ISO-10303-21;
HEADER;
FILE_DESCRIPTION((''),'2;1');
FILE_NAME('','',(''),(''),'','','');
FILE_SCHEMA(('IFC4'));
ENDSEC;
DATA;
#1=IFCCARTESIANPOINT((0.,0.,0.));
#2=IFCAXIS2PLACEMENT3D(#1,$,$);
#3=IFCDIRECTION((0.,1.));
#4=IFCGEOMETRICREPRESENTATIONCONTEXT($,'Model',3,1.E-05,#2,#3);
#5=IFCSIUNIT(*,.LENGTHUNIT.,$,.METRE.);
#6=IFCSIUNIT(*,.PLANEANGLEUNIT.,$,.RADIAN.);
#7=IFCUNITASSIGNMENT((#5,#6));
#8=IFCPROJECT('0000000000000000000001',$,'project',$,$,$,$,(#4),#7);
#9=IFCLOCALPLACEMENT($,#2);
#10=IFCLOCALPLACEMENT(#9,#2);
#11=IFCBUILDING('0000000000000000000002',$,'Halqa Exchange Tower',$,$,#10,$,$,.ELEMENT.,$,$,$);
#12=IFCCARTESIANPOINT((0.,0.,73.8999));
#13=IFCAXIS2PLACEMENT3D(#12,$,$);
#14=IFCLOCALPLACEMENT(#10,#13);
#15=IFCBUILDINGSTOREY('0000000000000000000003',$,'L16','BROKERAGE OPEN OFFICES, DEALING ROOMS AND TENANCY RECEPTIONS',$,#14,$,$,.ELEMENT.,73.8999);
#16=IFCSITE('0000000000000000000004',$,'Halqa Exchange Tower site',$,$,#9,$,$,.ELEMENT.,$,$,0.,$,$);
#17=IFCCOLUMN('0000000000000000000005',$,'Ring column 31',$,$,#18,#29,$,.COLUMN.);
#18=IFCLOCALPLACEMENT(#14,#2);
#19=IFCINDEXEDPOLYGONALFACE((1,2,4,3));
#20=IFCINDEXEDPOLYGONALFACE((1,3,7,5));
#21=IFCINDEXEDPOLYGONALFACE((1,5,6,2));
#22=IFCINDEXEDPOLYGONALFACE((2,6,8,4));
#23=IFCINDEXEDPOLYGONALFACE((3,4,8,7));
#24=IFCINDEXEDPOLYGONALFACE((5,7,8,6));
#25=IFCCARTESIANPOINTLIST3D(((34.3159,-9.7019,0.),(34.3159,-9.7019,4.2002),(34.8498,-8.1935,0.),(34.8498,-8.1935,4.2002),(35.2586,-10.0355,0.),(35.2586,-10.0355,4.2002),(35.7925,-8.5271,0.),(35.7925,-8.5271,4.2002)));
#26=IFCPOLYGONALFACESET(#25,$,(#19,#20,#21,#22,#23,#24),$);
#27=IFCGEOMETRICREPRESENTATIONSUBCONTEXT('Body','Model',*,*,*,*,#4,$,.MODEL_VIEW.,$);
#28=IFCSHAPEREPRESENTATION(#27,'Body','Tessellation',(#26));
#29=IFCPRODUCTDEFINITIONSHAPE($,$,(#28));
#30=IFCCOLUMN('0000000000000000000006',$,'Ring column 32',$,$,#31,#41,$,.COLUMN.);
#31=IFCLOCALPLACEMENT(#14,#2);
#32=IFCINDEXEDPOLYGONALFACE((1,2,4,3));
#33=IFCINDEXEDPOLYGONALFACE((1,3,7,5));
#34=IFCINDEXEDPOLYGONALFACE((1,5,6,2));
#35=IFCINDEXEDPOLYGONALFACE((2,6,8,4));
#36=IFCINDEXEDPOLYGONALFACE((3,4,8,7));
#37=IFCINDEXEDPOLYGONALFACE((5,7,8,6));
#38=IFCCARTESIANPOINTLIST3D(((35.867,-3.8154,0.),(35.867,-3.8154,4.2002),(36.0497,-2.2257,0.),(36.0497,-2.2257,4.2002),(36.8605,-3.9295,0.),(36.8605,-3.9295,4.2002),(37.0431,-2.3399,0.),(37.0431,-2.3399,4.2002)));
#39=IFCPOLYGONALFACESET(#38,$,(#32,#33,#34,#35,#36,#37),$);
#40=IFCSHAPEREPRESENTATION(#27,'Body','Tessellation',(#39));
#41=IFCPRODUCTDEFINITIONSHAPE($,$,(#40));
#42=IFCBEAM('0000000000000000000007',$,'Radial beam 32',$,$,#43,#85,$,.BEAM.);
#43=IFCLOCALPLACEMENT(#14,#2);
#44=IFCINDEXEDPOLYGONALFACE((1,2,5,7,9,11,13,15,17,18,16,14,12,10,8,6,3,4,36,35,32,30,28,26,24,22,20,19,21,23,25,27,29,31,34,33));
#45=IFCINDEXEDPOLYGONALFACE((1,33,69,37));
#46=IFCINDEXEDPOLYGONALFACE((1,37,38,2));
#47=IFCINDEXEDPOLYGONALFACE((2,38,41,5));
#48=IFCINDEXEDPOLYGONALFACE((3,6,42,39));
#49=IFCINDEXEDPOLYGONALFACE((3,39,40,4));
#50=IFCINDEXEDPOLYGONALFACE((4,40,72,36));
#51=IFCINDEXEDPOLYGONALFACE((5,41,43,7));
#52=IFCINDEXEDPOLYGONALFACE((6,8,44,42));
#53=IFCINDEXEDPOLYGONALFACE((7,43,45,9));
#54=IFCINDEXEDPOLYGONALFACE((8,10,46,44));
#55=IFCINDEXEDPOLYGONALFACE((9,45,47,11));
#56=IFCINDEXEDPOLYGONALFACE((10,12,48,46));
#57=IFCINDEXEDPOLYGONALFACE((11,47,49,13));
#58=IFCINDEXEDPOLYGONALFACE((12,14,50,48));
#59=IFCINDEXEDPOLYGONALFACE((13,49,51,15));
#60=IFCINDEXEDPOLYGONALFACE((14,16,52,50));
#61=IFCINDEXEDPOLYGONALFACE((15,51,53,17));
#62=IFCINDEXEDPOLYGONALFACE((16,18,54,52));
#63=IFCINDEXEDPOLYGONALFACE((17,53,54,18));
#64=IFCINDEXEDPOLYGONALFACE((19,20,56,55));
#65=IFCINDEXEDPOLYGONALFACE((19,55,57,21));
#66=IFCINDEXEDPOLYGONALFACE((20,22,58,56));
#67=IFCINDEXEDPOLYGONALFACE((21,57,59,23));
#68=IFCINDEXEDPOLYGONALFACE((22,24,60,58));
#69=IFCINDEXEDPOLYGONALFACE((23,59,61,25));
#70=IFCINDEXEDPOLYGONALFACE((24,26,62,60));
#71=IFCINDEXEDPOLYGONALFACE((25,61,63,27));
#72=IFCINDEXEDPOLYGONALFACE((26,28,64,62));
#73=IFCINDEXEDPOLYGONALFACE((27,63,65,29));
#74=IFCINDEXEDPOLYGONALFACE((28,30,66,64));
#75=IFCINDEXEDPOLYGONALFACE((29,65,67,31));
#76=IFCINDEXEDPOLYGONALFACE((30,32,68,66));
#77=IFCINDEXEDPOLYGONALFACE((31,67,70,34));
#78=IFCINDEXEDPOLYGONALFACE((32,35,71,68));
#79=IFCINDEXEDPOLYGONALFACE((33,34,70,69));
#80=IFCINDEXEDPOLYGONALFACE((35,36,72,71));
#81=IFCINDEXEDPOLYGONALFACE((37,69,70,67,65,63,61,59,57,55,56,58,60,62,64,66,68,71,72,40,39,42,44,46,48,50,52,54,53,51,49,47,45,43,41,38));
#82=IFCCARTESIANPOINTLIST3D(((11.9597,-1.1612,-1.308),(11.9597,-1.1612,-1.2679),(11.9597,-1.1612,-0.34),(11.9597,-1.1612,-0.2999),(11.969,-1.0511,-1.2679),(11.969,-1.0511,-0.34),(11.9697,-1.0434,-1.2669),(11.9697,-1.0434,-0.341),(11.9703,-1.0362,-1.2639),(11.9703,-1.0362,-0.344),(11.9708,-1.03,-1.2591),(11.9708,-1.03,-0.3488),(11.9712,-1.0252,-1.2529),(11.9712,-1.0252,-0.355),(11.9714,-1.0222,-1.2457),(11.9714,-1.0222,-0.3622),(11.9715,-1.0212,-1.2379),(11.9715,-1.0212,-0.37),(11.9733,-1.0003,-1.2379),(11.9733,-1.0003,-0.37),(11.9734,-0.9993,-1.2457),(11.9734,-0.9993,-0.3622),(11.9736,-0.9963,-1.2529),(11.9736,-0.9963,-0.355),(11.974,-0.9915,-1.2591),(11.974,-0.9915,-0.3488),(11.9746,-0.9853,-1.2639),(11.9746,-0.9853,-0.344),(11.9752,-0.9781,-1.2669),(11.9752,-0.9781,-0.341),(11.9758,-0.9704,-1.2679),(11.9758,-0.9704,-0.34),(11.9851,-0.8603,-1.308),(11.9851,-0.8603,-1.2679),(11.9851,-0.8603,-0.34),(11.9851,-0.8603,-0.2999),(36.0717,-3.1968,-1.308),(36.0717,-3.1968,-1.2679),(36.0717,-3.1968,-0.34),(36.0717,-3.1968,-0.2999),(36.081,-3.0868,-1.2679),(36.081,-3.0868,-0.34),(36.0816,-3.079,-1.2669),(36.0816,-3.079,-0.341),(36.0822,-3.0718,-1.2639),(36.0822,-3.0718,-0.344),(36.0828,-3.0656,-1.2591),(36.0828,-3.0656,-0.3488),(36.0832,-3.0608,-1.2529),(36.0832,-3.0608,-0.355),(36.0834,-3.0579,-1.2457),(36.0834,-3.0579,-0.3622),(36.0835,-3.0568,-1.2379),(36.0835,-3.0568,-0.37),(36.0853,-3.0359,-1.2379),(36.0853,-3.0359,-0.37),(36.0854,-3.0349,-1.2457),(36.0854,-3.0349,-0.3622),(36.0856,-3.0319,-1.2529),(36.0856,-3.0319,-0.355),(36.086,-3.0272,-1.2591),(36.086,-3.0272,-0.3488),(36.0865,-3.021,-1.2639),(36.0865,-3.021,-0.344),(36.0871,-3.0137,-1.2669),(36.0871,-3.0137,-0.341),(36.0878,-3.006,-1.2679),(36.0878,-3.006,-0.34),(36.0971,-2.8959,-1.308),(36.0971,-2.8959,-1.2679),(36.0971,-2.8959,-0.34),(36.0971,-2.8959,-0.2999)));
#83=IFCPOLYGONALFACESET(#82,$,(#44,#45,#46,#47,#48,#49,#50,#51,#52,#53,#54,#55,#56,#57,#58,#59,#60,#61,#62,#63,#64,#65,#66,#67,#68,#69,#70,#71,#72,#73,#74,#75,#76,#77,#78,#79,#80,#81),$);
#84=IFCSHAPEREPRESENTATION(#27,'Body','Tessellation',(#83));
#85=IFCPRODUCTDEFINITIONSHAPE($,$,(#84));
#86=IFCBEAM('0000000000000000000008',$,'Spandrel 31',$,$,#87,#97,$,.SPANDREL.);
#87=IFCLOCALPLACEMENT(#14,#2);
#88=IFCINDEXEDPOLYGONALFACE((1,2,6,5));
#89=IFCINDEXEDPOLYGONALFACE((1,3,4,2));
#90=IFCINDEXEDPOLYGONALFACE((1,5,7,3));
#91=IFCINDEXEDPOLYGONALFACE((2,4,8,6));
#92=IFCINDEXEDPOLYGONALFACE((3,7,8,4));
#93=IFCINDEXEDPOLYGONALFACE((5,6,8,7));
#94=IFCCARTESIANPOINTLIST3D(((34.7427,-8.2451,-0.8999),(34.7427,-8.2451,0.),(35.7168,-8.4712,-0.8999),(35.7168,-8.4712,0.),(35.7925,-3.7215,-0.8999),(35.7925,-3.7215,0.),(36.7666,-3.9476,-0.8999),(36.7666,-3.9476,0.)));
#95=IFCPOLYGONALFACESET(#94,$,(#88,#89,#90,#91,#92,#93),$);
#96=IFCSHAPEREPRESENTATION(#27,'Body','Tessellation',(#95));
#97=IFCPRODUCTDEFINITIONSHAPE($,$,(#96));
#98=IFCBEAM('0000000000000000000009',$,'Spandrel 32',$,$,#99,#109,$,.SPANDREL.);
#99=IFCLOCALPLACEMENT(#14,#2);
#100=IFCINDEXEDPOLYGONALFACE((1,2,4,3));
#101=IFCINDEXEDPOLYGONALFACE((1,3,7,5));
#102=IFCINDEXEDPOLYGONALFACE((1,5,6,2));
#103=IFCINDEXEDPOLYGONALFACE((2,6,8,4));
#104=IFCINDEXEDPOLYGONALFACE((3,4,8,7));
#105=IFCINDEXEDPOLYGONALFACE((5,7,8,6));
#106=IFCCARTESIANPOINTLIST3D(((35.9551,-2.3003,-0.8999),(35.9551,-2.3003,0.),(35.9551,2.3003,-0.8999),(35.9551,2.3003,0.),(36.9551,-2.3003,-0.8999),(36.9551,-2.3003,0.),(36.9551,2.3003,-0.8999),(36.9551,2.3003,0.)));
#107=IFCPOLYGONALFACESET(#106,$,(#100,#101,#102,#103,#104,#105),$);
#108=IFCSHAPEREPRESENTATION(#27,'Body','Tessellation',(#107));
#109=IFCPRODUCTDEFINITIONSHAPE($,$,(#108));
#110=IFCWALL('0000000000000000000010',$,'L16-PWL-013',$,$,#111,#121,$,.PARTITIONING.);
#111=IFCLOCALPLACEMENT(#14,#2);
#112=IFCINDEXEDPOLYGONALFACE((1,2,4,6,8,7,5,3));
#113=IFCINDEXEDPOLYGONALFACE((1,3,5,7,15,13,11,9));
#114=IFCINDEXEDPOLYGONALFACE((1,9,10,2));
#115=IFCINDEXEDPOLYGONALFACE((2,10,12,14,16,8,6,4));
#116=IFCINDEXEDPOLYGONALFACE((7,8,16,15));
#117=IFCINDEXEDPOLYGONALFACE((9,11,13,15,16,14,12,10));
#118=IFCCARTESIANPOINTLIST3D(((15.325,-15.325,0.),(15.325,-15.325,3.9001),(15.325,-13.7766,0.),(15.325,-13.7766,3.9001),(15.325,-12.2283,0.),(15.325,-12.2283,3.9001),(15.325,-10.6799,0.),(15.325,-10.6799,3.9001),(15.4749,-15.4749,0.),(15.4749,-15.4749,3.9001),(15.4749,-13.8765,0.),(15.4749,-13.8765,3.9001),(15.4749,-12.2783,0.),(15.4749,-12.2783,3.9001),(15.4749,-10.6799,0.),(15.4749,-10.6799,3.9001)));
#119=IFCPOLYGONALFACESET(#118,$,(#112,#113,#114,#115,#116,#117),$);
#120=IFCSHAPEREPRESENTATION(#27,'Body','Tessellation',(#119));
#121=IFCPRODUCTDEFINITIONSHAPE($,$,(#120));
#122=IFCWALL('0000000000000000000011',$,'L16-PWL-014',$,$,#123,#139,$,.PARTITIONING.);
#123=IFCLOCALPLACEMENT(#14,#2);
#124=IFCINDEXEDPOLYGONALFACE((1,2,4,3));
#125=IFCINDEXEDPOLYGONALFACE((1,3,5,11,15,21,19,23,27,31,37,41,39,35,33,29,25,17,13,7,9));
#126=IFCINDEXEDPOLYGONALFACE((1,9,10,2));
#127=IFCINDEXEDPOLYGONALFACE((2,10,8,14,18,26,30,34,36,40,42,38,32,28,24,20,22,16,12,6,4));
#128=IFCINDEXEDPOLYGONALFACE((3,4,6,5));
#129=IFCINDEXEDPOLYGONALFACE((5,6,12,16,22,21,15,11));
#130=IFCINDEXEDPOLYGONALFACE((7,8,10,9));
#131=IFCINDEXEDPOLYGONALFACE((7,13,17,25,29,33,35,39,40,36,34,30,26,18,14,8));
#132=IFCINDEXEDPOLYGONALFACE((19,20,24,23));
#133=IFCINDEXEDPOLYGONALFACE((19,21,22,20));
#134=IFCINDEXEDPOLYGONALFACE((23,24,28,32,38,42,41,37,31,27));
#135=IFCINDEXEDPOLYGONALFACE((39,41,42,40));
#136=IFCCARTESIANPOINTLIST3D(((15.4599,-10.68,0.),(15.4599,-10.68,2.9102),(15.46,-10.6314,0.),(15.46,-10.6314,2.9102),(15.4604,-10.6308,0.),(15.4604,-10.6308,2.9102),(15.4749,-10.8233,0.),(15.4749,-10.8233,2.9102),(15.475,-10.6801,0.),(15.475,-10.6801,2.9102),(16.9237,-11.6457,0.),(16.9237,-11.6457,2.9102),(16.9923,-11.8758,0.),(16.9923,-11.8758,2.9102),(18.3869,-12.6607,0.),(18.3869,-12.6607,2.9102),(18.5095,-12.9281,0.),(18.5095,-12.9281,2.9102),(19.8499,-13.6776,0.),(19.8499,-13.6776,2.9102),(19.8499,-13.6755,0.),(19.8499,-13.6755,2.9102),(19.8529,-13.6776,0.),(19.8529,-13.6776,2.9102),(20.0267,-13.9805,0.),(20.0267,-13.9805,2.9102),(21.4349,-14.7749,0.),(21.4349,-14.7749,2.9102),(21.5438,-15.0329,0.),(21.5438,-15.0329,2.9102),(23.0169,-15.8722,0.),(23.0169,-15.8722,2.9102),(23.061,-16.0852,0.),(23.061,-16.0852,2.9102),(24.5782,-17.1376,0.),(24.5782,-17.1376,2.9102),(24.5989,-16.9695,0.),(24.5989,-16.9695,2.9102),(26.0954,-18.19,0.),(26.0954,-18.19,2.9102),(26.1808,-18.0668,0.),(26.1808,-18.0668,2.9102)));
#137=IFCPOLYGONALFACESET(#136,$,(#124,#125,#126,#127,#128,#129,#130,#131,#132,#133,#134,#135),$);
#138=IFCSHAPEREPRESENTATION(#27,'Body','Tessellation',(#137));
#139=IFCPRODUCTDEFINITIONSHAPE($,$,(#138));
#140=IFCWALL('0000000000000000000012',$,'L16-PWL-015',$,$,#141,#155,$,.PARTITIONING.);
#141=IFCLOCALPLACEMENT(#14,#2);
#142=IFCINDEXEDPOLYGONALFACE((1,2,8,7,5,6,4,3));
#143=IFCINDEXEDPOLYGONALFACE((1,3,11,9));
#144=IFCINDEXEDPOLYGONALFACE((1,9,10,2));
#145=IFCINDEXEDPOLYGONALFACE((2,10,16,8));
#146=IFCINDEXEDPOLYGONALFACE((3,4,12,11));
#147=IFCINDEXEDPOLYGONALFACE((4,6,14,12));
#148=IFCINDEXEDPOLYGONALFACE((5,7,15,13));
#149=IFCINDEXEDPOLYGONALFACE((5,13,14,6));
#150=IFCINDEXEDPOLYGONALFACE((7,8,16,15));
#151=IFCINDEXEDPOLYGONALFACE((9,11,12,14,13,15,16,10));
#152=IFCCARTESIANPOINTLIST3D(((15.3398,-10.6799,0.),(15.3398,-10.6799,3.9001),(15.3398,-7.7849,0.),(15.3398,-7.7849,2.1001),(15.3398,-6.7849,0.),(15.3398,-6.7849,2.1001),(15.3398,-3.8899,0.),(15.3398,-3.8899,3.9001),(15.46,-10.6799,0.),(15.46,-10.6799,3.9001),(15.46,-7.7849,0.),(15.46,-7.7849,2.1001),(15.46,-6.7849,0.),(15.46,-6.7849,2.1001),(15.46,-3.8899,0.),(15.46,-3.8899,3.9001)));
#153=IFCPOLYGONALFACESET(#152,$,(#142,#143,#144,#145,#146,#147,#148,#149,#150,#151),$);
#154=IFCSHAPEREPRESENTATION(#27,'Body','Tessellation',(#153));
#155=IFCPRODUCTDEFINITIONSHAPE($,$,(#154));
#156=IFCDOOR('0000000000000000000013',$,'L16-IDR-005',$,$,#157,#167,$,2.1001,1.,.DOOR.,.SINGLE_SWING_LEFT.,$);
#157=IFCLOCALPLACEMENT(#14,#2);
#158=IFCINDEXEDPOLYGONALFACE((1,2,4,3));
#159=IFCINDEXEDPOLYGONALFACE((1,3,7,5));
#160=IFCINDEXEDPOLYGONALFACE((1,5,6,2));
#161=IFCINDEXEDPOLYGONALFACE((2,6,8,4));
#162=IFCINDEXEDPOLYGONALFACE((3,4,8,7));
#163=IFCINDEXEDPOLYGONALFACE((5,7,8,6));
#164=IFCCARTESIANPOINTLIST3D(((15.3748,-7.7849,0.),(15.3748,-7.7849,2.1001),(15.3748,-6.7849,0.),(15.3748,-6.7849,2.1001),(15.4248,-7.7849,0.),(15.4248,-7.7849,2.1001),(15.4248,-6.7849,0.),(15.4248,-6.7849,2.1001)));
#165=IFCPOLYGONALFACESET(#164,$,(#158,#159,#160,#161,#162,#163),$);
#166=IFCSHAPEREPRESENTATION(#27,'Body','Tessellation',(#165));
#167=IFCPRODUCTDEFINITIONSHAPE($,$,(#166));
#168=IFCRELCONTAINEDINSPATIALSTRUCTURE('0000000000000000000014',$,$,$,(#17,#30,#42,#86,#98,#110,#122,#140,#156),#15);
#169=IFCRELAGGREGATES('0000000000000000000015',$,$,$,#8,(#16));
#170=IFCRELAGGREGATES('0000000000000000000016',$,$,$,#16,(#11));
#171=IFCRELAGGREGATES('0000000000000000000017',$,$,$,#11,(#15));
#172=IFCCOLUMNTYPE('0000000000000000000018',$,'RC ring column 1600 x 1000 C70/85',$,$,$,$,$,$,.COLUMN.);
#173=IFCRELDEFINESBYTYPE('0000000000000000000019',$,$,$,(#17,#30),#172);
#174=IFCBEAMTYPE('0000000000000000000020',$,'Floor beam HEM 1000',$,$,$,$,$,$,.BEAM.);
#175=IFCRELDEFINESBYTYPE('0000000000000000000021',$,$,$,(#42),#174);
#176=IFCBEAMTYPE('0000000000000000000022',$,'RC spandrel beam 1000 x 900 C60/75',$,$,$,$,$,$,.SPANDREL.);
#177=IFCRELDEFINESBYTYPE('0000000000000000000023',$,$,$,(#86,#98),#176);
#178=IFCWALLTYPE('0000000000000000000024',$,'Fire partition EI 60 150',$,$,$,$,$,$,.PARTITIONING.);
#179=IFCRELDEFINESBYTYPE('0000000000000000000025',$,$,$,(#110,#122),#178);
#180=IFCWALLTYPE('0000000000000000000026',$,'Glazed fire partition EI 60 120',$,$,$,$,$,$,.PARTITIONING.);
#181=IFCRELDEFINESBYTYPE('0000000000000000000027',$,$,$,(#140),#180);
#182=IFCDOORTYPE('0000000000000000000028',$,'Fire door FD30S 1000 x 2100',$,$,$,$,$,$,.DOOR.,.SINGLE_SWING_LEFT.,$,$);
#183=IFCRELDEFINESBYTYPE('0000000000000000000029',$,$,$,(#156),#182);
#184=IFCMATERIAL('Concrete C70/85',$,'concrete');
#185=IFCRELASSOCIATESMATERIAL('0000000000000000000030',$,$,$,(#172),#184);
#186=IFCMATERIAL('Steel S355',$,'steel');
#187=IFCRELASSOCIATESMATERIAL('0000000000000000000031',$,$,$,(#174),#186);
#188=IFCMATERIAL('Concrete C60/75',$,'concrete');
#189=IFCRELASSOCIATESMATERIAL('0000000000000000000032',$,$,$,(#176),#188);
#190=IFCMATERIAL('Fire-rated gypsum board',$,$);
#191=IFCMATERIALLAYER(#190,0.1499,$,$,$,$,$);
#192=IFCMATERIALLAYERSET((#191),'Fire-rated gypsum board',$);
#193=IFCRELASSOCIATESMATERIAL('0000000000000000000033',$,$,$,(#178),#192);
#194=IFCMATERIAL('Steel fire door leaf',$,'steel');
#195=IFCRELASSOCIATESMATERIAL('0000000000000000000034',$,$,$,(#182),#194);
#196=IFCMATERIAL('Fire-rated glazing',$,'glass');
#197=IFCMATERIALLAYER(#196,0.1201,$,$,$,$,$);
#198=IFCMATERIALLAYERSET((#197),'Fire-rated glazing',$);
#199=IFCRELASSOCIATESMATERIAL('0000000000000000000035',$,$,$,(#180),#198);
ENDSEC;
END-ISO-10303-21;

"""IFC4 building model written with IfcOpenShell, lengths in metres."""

from ifc_helpers import new_model, si_unit, direction, frame, frame_2d, origin, origin_2d, place, context, subcontext, project, spatial, polyline, rectangle, i_section, outline, extrude, material, layer, layer_set, material_profile, profile_set, type_object, element, fill, save


model = new_model("IFC4")

# Units and contexts
model_context = context("Model", 3, precision=1e-05, world=origin(), true_north=direction((0.0, 1.0)))
body_context = subcontext(model_context, "Body", "Model", "MODEL_VIEW")
ifc_project = project(units=[si_unit("LENGTHUNIT", "METRE"), si_unit("PLANEANGLEUNIT", "RADIAN")], contexts=[model_context])

# Site, building, storey
site_placement = place(None, origin())
site = spatial("IfcSite", under=ifc_project, at=site_placement, Name="Halqa Exchange Tower site", CompositionType="ELEMENT", RefElevation=0.0)
building_placement = place(site_placement, origin())
building = spatial("IfcBuilding", under=site, at=building_placement, Name="Halqa Exchange Tower", CompositionType="ELEMENT")
storey_placement = place(building_placement, frame((0.0, 0.0, 73.8999)))
storey = spatial("IfcBuildingStorey", under=building, at=storey_placement, Name="L16", Description="BROKERAGE OPEN OFFICES, DEALING ROOMS AND TENANCY RECEPTIONS", CompositionType="ELEMENT", Elevation=73.8999)

# Columns
ifc_material_1 = material(Name="Concrete C70/85", Category="concrete")
ifc_material_profile_1 = material_profile(ifc_material_1, rectangle(XDim=1.6001, YDim=1.0, at=origin_2d()), Name="1600 x 1000")
ifc_profile_set_1 = profile_set([ifc_material_profile_1], Name="Concrete C70/85")
column_type = type_object("IfcColumnType", Name="RC ring column 1600 x 1000 C70/85", PredefinedType="COLUMN", material=ifc_profile_set_1)
for number, where, z_axis, x_axis, name in (
    (1, (35.0542, -9.1145, 0.0), (0.0, 0.0, 1.0), (0.333624, 0.942706, 0.0), "Ring column 31"),
    (2, (36.4551, -3.0776, 0.0), (0.0, 0.0, 1.0), (0.114152, 0.993463, 0.0), "Ring column 32"),
):
    element("IfcColumn", number, at=place(storey_placement, frame(where, z_axis=z_axis, x_axis=x_axis)), inside=storey, type_object=column_type, Name=name, PredefinedType="COLUMN", context=body_context, shape_type="SweptSolid", body=[
        extrude(rectangle(XDim=1.6001, YDim=1.0, at=origin_2d()), origin(), (0.0, 0.0, 1.0), 4.2002),
    ])

# Beams
ifc_material_2 = material(Name="Steel S355", Category="steel")
ifc_material_profile_2 = material_profile(ifc_material_2, i_section(OverallWidth=0.302, OverallDepth=1.0081, WebThickness=0.021, FlangeThickness=0.04, FilletRadius=0.03, at=origin_2d()), Name="HEM 1000")
ifc_profile_set_2 = profile_set([ifc_material_profile_2], Name="Steel S355")
beam_type_1 = type_object("IfcBeamType", Name="Floor beam HEM 1000", PredefinedType="BEAM", material=ifc_profile_set_2)
beam_1_placement = place(storey_placement, frame((11.9724, -1.0107, -0.804), z_axis=(0.996455, -0.084125, 0.0), x_axis=(0.084125, 0.996455, 0.0)))
element("IfcBeam", 3, at=beam_1_placement, inside=storey, type_object=beam_type_1, Name="Radial beam 32", PredefinedType="BEAM", context=body_context, shape_type="SweptSolid", body=[
    extrude(i_section(OverallWidth=0.302, OverallDepth=1.0081, WebThickness=0.021, FlangeThickness=0.04, FilletRadius=0.03, at=origin_2d()), origin(), (0.0, 0.0, 1.0), 24.1978),
])
ifc_material_3 = material(Name="Concrete C60/75", Category="concrete")
ifc_material_profile_3 = material_profile(ifc_material_3, rectangle(XDim=1.0, YDim=0.8999, at=origin_2d()), Name="1000 x 900")
ifc_profile_set_3 = profile_set([ifc_material_profile_3], Name="Concrete C60/75")
beam_type_2 = type_object("IfcBeamType", Name="RC spandrel beam 1000 x 900 C60/75", PredefinedType="SPANDREL", material=ifc_profile_set_3)
beam_2_placement = place(storey_placement, frame((35.2297, -8.3582, -0.45), z_axis=(0.226061, 0.974113, 0.0), x_axis=(-0.974113, 0.226061, 0.0)))
element("IfcBeam", 4, at=beam_2_placement, inside=storey, type_object=beam_type_2, Name="Spandrel 31", PredefinedType="SPANDREL", context=body_context, shape_type="SweptSolid", body=[
    extrude(rectangle(XDim=1.0, YDim=0.8999, at=origin_2d()), origin(), (0.0, 0.0, 1.0), 4.6438),
])
beam_3_placement = place(storey_placement, frame((36.4551, -2.3003, -0.45), z_axis=(0.0, 1.0, 0.0), x_axis=(-1.0, 0.0, 0.0)))
element("IfcBeam", 5, at=beam_3_placement, inside=storey, type_object=beam_type_2, Name="Spandrel 32", PredefinedType="SPANDREL", context=body_context, shape_type="SweptSolid", body=[
    extrude(rectangle(XDim=1.0, YDim=0.8999, at=origin_2d()), origin(), (0.0, 0.0, 1.0), 4.6006),
])

# Walls
ifc_material_4 = material(Name="Fire-rated gypsum board")
ifc_layer_1 = layer(ifc_material_4, 0.1499)
ifc_layer_set_1 = layer_set([ifc_layer_1], Name="Fire-rated gypsum board")
wall_type_1 = type_object("IfcWallType", Name="Fire partition EI 60 150", PredefinedType="PARTITIONING", material=ifc_layer_set_1)
wall_1_placement = place(storey_placement, frame((15.3999, -10.6799, 0.0), z_axis=(0.0, 0.0, 1.0), x_axis=(0.0, -1.0, 0.0)))
element("IfcWall", 6, at=wall_1_placement, inside=storey, type_object=wall_type_1, Name="L16-PWL-013", PredefinedType="PARTITIONING", context=body_context, shape_type="SweptSolid", body=[
    extrude(outline(polyline([(0.0, -0.075), (1.5483, -0.075), (3.0967, -0.075), (4.645, -0.075), (4.7949, 0.075), (3.1965, 0.075), (1.5984, 0.075), (0.0, 0.075), (0.0, -0.075)])), origin(), (0.0, 0.0, 1.0), 3.9001),
])
wall_2_placement = place(storey_placement, frame((15.4177, -10.6924, 0.0), z_axis=(0.0, 0.0, 1.0), x_axis=(0.821683, -0.569944, 0.0)))
element("IfcWall", 7, at=wall_2_placement, inside=storey, type_object=wall_type_1, Name="L16-PWL-014", PredefinedType="PARTITIONING", context=body_context, shape_type="SweptSolid", body=[
    extrude(outline(polyline([(13.0469, 0.075), (11.1216, 0.075), (9.1963, 0.075), (7.271, 0.075), (5.3457, 0.075), (5.3433, 0.0732), (5.342, 0.075), (3.5615, 0.075), (1.7808, 0.075), (0.0, 0.075), (0.0, 0.0742), (0.0276, 0.0342), (0.04, 0.0427), (0.1216, -0.075), (1.9683, -0.075), (3.8147, -0.075), (5.6611, -0.075), (7.5076, -0.075), (9.354, -0.075), (11.2004, -0.075), (13.0469, -0.075), (13.0469, 0.075)])), origin(), (0.0, 0.0, 1.0), 2.9102),
])

# Wall, opening, door
ifc_material_5 = material(Name="Steel fire door leaf", Category="steel")
door_type_1 = type_object("IfcDoorType", Name="Fire door FD30S 1000 x 2100", OperationType="SINGLE_SWING_LEFT", PredefinedType="DOOR", material=ifc_material_5)
ifc_material_6 = material(Name="Fire-rated glazing", Category="glass")
ifc_layer_2 = layer(ifc_material_6, 0.1201)
ifc_layer_set_2 = layer_set([ifc_layer_2], Name="Fire-rated glazing")
wall_type_2 = type_object("IfcWallType", Name="Glazed fire partition EI 60 120", PredefinedType="PARTITIONING", material=ifc_layer_set_2)
wall_3_placement = place(storey_placement, frame((15.3999, -3.8899, 0.0), z_axis=(0.0, 0.0, 1.0), x_axis=(0.0, -1.0, 0.0)))
wall_3 = element("IfcWall", 8, at=wall_3_placement, inside=storey, type_object=wall_type_2, Name="L16-PWL-015", PredefinedType="PARTITIONING", context=body_context, shape_type="SweptSolid", body=[
    extrude(rectangle(XDim=6.79, YDim=0.1201, at=frame_2d((3.395, 0.0))), origin(), (0.0, 0.0, 1.0), 3.9001),
])
opening_1_placement = place(wall_3_placement, frame((2.895, 0.0, 0.0)))
opening_1 = element("IfcOpeningElement", 9, at=opening_1_placement, cuts=wall_3, PredefinedType="OPENING", context=body_context, shape_type="SweptSolid", body=[
    extrude(rectangle(XDim=1.0, YDim=2.1001, at=frame_2d((0.5, 1.05))), frame((0.0, 0.072, 0.0), z_axis=(0.0, -1.0, 0.0), x_axis=(1.0, 0.0, 0.0)), (0.0, 0.0, 1.0), 0.144),
])
door_1_placement = place(opening_1_placement, origin())
door_1 = element("IfcDoor", 10, at=door_1_placement, inside=storey, type_object=door_type_1, Name="L16-IDR-005", OperationType="SINGLE_SWING_LEFT", OverallHeight=2.1001, OverallWidth=1.0, PredefinedType="DOOR", context=body_context, shape_type="SweptSolid", body=[
    extrude(rectangle(XDim=1.0, YDim=2.1001, at=frame_2d((0.5, 1.05))), frame((0.0, 0.0249, 0.0), z_axis=(0.0, -1.0, 0.0), x_axis=(1.0, 0.0, 0.0)), (0.0, 0.0, 1.0), 0.05),
])
fill(opening_1, door_1)

save(model, "model.ifc")
